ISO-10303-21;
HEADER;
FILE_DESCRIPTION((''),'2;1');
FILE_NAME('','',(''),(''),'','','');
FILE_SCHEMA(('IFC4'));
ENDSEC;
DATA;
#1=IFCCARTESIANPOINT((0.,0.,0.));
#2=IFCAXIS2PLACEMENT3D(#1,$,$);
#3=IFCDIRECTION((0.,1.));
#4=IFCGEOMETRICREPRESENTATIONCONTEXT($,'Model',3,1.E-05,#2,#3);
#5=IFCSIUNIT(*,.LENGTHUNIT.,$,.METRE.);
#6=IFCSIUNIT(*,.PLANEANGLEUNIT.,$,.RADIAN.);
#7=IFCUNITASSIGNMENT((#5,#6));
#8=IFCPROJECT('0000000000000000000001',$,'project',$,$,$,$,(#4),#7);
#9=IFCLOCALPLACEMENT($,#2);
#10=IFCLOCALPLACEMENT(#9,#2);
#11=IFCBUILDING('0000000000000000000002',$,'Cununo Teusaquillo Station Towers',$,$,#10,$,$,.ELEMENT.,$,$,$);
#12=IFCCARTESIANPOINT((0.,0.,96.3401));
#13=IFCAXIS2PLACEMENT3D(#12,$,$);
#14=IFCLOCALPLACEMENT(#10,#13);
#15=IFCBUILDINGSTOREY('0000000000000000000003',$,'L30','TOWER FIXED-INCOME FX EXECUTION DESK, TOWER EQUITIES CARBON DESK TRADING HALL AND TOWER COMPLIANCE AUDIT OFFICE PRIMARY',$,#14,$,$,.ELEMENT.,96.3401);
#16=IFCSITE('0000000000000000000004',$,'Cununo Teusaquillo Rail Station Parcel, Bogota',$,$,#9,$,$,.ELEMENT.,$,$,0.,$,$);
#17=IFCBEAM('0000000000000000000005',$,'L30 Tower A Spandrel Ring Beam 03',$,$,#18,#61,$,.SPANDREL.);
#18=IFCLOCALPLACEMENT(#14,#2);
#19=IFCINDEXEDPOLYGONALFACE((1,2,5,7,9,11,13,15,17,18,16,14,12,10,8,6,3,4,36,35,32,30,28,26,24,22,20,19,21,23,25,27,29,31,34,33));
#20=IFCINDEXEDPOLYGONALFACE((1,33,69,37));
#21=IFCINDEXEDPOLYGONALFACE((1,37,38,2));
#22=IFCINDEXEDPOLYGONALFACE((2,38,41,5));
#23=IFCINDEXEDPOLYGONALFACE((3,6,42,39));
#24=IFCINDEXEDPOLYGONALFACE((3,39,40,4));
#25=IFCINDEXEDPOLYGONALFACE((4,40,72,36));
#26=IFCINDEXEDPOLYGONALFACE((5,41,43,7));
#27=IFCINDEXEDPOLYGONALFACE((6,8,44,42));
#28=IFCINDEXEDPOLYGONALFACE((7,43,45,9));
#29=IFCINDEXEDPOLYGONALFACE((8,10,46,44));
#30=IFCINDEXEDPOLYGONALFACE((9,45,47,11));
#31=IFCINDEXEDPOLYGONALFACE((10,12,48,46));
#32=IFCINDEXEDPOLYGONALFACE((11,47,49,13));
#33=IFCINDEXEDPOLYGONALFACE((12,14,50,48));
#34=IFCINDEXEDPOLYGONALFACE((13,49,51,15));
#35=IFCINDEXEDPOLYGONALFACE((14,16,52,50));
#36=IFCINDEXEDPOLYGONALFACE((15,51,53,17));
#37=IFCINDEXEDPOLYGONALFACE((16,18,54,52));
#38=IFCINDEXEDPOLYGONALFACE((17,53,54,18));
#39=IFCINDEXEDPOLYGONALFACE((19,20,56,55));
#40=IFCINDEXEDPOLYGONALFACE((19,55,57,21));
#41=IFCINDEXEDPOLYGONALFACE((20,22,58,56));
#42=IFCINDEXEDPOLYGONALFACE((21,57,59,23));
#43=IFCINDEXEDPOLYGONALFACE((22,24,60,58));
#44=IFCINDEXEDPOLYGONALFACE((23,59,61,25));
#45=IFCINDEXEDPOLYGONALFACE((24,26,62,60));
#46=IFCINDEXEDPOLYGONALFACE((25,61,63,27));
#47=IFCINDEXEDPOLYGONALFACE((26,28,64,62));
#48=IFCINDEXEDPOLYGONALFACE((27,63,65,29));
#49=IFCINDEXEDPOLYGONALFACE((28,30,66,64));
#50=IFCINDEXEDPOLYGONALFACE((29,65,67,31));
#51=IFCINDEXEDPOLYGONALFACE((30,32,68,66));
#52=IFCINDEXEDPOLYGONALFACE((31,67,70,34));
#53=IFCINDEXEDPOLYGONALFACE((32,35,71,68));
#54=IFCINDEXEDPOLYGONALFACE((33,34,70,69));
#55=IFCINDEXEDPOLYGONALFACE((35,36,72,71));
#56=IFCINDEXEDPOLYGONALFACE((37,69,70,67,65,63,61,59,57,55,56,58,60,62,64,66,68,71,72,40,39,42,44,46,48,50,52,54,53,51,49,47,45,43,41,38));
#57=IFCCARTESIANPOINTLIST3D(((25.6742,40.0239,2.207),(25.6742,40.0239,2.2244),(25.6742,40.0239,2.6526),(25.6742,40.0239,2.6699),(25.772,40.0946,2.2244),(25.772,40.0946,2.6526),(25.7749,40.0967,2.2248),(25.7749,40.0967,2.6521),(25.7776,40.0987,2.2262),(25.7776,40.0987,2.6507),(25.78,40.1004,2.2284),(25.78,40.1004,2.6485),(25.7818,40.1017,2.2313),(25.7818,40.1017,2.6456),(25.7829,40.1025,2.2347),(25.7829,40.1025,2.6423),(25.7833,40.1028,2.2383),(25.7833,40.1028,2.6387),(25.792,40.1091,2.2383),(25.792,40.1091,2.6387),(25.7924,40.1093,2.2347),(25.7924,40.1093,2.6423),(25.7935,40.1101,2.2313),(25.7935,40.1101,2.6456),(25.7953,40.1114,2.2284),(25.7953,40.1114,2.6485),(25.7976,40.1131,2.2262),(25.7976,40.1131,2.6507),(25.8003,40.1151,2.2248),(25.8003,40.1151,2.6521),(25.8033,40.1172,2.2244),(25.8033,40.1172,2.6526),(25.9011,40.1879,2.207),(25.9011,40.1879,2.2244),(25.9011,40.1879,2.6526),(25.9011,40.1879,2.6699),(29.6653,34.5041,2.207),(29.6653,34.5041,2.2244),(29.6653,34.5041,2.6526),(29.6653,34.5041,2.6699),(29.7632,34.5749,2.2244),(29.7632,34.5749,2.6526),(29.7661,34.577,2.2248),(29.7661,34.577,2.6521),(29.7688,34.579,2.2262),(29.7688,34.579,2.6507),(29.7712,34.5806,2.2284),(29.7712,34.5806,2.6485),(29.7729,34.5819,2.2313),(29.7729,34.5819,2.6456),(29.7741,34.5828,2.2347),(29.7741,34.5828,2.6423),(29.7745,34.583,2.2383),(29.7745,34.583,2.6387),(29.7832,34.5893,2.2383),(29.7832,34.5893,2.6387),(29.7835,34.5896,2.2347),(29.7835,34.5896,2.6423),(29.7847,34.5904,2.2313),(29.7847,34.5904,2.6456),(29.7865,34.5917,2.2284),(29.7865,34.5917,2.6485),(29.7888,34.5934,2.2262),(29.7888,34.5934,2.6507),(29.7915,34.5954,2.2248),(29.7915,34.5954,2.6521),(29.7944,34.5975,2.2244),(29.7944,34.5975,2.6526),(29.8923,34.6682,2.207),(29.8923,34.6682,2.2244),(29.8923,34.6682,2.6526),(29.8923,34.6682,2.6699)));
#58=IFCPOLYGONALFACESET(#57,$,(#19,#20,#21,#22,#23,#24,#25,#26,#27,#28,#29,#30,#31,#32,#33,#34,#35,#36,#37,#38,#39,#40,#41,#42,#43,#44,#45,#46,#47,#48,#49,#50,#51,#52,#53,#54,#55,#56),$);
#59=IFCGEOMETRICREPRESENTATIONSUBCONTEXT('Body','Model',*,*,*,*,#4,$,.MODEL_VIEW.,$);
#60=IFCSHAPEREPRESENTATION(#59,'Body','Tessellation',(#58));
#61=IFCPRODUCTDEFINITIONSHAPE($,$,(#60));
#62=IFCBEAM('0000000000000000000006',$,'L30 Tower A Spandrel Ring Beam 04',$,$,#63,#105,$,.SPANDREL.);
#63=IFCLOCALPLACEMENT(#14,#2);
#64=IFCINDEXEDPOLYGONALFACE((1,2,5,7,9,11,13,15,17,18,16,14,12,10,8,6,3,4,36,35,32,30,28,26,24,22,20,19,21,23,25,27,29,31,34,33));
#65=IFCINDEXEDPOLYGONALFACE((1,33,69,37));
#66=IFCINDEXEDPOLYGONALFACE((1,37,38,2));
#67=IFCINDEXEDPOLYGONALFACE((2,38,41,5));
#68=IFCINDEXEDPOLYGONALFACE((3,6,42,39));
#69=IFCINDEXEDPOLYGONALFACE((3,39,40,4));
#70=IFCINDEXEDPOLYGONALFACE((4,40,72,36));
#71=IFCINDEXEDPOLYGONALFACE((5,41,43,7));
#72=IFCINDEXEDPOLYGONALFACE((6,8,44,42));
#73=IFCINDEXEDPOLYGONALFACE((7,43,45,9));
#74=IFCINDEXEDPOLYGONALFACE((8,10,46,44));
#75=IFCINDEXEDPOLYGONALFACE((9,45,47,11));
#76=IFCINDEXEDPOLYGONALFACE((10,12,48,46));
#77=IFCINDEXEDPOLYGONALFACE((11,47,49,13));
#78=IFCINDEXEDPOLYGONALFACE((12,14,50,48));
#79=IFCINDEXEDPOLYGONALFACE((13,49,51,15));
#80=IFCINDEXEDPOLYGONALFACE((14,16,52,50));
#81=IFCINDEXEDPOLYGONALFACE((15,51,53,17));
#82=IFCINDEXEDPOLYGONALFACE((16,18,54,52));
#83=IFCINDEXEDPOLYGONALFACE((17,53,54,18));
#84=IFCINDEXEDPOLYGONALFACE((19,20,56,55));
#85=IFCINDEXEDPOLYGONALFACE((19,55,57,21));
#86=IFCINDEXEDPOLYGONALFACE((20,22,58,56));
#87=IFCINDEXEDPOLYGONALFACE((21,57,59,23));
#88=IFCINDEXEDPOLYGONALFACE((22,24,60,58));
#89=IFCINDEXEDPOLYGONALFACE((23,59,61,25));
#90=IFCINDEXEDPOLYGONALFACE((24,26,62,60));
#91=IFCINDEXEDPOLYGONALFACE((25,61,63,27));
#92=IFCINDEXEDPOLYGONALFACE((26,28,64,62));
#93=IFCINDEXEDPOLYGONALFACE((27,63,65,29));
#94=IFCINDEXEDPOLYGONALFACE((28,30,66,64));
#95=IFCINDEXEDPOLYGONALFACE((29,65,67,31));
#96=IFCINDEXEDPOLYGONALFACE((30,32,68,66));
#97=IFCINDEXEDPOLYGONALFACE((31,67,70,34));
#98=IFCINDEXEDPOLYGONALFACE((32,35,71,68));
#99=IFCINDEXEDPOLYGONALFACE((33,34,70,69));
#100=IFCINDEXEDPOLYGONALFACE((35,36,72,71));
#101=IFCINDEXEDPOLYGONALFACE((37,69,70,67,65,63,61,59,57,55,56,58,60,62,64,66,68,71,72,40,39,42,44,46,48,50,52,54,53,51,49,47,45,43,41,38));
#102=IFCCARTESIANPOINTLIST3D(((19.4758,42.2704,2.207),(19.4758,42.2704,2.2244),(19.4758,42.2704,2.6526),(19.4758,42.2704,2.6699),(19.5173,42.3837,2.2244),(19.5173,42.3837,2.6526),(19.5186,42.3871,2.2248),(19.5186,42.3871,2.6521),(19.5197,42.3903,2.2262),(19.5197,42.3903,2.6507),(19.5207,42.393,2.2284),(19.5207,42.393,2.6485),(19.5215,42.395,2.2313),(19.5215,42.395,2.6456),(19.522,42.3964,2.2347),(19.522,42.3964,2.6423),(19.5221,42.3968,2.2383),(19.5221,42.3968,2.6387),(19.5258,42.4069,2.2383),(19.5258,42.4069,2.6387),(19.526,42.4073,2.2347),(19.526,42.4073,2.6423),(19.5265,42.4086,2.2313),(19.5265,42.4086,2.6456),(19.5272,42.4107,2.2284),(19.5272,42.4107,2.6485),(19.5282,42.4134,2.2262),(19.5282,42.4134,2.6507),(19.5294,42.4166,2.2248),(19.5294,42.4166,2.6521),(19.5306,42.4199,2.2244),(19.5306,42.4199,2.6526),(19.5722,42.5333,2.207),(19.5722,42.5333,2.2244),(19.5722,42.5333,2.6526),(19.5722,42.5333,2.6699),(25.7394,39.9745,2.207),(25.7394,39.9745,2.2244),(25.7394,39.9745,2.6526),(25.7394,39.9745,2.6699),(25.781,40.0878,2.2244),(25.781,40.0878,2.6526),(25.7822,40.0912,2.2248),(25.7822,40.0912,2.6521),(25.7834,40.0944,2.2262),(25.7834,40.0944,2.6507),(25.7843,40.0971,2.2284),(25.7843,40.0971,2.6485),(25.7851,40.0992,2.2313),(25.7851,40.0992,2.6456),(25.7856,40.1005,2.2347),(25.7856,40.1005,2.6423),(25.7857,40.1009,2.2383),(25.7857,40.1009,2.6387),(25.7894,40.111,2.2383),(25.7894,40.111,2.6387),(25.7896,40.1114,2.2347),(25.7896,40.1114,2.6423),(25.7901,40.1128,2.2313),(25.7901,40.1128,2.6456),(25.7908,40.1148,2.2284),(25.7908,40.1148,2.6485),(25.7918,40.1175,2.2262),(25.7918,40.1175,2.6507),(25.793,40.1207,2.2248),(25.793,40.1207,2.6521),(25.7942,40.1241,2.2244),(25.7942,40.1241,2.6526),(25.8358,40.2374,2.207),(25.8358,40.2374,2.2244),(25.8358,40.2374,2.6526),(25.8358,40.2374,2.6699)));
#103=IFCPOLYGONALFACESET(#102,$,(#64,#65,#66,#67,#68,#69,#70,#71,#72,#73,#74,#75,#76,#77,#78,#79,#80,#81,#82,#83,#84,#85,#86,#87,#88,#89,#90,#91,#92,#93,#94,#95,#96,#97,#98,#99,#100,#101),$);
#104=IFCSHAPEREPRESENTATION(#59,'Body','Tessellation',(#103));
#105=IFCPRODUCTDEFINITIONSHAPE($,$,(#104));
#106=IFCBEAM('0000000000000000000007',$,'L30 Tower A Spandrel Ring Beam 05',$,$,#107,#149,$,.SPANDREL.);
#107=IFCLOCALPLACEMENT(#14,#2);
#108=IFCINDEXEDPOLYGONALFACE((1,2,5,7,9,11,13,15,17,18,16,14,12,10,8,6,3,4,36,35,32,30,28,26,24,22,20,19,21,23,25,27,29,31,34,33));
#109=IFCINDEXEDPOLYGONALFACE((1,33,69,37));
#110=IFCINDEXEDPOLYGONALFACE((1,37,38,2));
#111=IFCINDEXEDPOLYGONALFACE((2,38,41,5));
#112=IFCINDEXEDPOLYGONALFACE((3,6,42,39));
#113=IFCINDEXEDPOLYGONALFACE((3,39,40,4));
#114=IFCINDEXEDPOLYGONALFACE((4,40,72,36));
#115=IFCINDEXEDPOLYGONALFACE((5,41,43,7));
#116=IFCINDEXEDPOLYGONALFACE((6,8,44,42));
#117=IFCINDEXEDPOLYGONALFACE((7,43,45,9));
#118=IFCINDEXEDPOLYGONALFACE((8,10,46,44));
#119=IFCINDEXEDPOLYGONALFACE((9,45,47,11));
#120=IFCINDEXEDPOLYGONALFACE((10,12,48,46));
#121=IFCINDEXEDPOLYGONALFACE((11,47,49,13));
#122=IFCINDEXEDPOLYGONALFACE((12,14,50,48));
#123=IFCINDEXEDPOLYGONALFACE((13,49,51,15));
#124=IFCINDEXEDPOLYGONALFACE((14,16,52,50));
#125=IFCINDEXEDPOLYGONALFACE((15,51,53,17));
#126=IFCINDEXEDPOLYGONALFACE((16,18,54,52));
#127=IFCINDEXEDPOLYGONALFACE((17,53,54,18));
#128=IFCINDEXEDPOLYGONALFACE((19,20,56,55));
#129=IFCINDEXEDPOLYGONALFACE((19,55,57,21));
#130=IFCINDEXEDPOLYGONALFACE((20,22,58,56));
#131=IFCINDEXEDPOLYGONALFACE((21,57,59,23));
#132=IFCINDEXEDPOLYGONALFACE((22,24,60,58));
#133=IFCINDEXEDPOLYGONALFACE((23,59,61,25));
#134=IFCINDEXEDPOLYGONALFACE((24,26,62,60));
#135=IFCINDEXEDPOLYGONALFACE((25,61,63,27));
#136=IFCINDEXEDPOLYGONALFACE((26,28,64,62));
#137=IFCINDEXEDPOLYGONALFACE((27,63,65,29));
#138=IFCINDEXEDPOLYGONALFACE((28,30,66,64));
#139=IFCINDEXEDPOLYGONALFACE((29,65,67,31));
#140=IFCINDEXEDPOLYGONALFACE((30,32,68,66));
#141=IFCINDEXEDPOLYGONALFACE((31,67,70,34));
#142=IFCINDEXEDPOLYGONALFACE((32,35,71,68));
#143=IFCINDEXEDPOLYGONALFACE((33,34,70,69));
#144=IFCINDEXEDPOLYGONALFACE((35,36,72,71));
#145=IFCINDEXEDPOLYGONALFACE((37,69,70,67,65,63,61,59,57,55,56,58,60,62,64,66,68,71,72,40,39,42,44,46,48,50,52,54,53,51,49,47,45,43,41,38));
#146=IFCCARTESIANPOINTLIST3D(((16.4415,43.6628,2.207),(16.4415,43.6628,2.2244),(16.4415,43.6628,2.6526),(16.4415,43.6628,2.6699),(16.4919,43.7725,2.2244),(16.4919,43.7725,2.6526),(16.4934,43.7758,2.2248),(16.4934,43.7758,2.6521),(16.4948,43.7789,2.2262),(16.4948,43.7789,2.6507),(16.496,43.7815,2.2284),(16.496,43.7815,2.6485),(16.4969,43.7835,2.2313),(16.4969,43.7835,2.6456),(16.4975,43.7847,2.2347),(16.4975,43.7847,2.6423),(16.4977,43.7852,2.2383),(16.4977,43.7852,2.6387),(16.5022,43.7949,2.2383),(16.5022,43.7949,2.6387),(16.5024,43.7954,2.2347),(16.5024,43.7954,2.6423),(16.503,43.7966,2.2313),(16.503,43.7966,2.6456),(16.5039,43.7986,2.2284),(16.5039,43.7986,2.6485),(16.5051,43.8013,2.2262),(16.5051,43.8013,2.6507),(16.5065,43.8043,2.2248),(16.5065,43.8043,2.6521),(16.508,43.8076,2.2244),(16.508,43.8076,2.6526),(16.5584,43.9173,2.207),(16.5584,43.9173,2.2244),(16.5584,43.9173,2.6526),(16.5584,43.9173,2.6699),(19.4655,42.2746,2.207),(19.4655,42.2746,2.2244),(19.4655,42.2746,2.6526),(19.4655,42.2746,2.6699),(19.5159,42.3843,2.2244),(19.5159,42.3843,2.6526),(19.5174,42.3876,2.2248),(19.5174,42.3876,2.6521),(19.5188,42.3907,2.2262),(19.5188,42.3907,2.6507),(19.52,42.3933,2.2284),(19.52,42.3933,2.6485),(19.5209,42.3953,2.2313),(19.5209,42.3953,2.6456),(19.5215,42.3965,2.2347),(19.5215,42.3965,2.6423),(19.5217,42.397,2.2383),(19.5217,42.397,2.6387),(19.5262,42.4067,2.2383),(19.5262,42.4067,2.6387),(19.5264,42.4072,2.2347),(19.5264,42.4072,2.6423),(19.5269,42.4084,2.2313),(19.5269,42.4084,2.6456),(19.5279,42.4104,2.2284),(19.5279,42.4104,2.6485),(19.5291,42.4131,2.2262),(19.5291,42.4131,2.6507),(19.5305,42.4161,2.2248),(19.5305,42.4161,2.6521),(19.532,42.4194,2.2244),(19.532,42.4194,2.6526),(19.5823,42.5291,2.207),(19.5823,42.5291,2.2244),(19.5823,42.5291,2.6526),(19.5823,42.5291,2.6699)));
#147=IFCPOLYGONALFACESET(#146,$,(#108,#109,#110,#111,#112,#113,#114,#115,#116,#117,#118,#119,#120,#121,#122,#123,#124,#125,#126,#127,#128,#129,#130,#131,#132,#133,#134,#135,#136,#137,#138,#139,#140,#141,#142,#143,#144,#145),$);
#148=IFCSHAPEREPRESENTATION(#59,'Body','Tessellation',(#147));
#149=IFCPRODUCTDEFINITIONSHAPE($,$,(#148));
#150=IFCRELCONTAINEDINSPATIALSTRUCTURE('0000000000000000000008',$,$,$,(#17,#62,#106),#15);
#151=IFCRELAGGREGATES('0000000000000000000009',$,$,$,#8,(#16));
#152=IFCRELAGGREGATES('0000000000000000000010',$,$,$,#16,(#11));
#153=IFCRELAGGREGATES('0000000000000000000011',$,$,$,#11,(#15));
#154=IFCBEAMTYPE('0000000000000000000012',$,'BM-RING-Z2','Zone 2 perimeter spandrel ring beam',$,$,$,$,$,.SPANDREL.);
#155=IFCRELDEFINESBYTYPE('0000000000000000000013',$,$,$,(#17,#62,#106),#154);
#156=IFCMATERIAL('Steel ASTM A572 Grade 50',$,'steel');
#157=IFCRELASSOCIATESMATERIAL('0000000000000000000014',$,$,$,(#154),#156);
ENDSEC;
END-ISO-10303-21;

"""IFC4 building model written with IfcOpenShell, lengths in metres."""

from ifc_helpers import new_model, si_unit, direction, frame, origin, origin_2d, place, context, subcontext, project, spatial, i_section, extrude, material, material_profile, profile_set, type_object, element, save


model = new_model("IFC4")

# Units and contexts
model_context = context("Model", 3, precision=1e-05, world=origin(), true_north=direction((0.0, 1.0)))
body_context = subcontext(model_context, "Body", "Model", "MODEL_VIEW")
ifc_project = project(units=[si_unit("LENGTHUNIT", "METRE"), si_unit("PLANEANGLEUNIT", "RADIAN")], contexts=[model_context])

# Site, building, storey
site_placement = place(None, origin())
site = spatial("IfcSite", under=ifc_project, at=site_placement, Name="Cununo Teusaquillo Rail Station Parcel, Bogota", CompositionType="ELEMENT", RefElevation=0.0)
building_placement = place(site_placement, origin())
building = spatial("IfcBuilding", under=site, at=building_placement, Name="Cununo Teusaquillo Station Towers", CompositionType="ELEMENT")
storey_placement = place(building_placement, frame((0.0, 0.0, 96.3401)))
storey = spatial("IfcBuildingStorey", under=building, at=storey_placement, Name="L30", Description="TOWER FIXED-INCOME FX EXECUTION DESK, TOWER EQUITIES CARBON DESK TRADING HALL AND TOWER COMPLIANCE AUDIT OFFICE PRIMARY", CompositionType="ELEMENT", Elevation=96.3401)

# Beams
ifc_material_1 = material(Name="Steel ASTM A572 Grade 50", Category="steel")
ifc_material_profile_1 = material_profile(ifc_material_1, i_section(OverallWidth=0.28, OverallDepth=0.4629, WebThickness=0.0107, FlangeThickness=0.0173, FilletRadius=0.0139, at=origin_2d()), Name="W18X76")
ifc_profile_set_1 = profile_set([ifc_material_profile_1], Name="Steel ASTM A572 Grade 50")
beam_type_1 = type_object("IfcBeamType", Name="BM-RING-Z2", Description="Zone 2 perimeter spandrel ring beam", PredefinedType="SPANDREL", material=ifc_profile_set_1)
beam_1_placement = place(storey_placement, frame((29.7788, 34.5862, 2.4385), z_axis=(-0.585945, 0.810351, 0.0), x_axis=(-0.810351, -0.585945, 0.0)))
element("IfcBeam", 1, at=beam_1_placement, inside=storey, type_object=beam_type_1, Name="L30 Tower A Spandrel Ring Beam 03", PredefinedType="SPANDREL", context=body_context, shape_type="SweptSolid", body=[
    extrude(i_section(OverallWidth=0.28, OverallDepth=0.4629, WebThickness=0.0107, FlangeThickness=0.0173, FilletRadius=0.0139, at=origin_2d()), origin(), (0.0, 0.0, 1.0), 6.8115),
])
beam_2_placement = place(storey_placement, frame((25.7876, 40.106, 2.4385), z_axis=(-0.938914, 0.344151, 0.0), x_axis=(-0.344151, -0.938914, 0.0)))
element("IfcBeam", 2, at=beam_2_placement, inside=storey, type_object=beam_type_1, Name="L30 Tower A Spandrel Ring Beam 04", PredefinedType="SPANDREL", context=body_context, shape_type="SweptSolid", body=[
    extrude(i_section(OverallWidth=0.28, OverallDepth=0.4629, WebThickness=0.0107, FlangeThickness=0.0173, FilletRadius=0.0139, at=origin_2d()), origin(), (0.0, 0.0, 1.0), 6.6711),
])
beam_3_placement = place(storey_placement, frame((19.5239, 42.4019, 2.4385), z_axis=(-0.908812, 0.417205, 0.0), x_axis=(-0.417205, -0.908812, 0.0)))
element("IfcBeam", 3, at=beam_3_placement, inside=storey, type_object=beam_type_1, Name="L30 Tower A Spandrel Ring Beam 05", PredefinedType="SPANDREL", context=body_context, shape_type="SweptSolid", body=[
    extrude(i_section(OverallWidth=0.28, OverallDepth=0.4629, WebThickness=0.0107, FlangeThickness=0.0173, FilletRadius=0.0139, at=origin_2d()), origin(), (0.0, 0.0, 1.0), 3.3274),
])

save(model, "model.ifc")
